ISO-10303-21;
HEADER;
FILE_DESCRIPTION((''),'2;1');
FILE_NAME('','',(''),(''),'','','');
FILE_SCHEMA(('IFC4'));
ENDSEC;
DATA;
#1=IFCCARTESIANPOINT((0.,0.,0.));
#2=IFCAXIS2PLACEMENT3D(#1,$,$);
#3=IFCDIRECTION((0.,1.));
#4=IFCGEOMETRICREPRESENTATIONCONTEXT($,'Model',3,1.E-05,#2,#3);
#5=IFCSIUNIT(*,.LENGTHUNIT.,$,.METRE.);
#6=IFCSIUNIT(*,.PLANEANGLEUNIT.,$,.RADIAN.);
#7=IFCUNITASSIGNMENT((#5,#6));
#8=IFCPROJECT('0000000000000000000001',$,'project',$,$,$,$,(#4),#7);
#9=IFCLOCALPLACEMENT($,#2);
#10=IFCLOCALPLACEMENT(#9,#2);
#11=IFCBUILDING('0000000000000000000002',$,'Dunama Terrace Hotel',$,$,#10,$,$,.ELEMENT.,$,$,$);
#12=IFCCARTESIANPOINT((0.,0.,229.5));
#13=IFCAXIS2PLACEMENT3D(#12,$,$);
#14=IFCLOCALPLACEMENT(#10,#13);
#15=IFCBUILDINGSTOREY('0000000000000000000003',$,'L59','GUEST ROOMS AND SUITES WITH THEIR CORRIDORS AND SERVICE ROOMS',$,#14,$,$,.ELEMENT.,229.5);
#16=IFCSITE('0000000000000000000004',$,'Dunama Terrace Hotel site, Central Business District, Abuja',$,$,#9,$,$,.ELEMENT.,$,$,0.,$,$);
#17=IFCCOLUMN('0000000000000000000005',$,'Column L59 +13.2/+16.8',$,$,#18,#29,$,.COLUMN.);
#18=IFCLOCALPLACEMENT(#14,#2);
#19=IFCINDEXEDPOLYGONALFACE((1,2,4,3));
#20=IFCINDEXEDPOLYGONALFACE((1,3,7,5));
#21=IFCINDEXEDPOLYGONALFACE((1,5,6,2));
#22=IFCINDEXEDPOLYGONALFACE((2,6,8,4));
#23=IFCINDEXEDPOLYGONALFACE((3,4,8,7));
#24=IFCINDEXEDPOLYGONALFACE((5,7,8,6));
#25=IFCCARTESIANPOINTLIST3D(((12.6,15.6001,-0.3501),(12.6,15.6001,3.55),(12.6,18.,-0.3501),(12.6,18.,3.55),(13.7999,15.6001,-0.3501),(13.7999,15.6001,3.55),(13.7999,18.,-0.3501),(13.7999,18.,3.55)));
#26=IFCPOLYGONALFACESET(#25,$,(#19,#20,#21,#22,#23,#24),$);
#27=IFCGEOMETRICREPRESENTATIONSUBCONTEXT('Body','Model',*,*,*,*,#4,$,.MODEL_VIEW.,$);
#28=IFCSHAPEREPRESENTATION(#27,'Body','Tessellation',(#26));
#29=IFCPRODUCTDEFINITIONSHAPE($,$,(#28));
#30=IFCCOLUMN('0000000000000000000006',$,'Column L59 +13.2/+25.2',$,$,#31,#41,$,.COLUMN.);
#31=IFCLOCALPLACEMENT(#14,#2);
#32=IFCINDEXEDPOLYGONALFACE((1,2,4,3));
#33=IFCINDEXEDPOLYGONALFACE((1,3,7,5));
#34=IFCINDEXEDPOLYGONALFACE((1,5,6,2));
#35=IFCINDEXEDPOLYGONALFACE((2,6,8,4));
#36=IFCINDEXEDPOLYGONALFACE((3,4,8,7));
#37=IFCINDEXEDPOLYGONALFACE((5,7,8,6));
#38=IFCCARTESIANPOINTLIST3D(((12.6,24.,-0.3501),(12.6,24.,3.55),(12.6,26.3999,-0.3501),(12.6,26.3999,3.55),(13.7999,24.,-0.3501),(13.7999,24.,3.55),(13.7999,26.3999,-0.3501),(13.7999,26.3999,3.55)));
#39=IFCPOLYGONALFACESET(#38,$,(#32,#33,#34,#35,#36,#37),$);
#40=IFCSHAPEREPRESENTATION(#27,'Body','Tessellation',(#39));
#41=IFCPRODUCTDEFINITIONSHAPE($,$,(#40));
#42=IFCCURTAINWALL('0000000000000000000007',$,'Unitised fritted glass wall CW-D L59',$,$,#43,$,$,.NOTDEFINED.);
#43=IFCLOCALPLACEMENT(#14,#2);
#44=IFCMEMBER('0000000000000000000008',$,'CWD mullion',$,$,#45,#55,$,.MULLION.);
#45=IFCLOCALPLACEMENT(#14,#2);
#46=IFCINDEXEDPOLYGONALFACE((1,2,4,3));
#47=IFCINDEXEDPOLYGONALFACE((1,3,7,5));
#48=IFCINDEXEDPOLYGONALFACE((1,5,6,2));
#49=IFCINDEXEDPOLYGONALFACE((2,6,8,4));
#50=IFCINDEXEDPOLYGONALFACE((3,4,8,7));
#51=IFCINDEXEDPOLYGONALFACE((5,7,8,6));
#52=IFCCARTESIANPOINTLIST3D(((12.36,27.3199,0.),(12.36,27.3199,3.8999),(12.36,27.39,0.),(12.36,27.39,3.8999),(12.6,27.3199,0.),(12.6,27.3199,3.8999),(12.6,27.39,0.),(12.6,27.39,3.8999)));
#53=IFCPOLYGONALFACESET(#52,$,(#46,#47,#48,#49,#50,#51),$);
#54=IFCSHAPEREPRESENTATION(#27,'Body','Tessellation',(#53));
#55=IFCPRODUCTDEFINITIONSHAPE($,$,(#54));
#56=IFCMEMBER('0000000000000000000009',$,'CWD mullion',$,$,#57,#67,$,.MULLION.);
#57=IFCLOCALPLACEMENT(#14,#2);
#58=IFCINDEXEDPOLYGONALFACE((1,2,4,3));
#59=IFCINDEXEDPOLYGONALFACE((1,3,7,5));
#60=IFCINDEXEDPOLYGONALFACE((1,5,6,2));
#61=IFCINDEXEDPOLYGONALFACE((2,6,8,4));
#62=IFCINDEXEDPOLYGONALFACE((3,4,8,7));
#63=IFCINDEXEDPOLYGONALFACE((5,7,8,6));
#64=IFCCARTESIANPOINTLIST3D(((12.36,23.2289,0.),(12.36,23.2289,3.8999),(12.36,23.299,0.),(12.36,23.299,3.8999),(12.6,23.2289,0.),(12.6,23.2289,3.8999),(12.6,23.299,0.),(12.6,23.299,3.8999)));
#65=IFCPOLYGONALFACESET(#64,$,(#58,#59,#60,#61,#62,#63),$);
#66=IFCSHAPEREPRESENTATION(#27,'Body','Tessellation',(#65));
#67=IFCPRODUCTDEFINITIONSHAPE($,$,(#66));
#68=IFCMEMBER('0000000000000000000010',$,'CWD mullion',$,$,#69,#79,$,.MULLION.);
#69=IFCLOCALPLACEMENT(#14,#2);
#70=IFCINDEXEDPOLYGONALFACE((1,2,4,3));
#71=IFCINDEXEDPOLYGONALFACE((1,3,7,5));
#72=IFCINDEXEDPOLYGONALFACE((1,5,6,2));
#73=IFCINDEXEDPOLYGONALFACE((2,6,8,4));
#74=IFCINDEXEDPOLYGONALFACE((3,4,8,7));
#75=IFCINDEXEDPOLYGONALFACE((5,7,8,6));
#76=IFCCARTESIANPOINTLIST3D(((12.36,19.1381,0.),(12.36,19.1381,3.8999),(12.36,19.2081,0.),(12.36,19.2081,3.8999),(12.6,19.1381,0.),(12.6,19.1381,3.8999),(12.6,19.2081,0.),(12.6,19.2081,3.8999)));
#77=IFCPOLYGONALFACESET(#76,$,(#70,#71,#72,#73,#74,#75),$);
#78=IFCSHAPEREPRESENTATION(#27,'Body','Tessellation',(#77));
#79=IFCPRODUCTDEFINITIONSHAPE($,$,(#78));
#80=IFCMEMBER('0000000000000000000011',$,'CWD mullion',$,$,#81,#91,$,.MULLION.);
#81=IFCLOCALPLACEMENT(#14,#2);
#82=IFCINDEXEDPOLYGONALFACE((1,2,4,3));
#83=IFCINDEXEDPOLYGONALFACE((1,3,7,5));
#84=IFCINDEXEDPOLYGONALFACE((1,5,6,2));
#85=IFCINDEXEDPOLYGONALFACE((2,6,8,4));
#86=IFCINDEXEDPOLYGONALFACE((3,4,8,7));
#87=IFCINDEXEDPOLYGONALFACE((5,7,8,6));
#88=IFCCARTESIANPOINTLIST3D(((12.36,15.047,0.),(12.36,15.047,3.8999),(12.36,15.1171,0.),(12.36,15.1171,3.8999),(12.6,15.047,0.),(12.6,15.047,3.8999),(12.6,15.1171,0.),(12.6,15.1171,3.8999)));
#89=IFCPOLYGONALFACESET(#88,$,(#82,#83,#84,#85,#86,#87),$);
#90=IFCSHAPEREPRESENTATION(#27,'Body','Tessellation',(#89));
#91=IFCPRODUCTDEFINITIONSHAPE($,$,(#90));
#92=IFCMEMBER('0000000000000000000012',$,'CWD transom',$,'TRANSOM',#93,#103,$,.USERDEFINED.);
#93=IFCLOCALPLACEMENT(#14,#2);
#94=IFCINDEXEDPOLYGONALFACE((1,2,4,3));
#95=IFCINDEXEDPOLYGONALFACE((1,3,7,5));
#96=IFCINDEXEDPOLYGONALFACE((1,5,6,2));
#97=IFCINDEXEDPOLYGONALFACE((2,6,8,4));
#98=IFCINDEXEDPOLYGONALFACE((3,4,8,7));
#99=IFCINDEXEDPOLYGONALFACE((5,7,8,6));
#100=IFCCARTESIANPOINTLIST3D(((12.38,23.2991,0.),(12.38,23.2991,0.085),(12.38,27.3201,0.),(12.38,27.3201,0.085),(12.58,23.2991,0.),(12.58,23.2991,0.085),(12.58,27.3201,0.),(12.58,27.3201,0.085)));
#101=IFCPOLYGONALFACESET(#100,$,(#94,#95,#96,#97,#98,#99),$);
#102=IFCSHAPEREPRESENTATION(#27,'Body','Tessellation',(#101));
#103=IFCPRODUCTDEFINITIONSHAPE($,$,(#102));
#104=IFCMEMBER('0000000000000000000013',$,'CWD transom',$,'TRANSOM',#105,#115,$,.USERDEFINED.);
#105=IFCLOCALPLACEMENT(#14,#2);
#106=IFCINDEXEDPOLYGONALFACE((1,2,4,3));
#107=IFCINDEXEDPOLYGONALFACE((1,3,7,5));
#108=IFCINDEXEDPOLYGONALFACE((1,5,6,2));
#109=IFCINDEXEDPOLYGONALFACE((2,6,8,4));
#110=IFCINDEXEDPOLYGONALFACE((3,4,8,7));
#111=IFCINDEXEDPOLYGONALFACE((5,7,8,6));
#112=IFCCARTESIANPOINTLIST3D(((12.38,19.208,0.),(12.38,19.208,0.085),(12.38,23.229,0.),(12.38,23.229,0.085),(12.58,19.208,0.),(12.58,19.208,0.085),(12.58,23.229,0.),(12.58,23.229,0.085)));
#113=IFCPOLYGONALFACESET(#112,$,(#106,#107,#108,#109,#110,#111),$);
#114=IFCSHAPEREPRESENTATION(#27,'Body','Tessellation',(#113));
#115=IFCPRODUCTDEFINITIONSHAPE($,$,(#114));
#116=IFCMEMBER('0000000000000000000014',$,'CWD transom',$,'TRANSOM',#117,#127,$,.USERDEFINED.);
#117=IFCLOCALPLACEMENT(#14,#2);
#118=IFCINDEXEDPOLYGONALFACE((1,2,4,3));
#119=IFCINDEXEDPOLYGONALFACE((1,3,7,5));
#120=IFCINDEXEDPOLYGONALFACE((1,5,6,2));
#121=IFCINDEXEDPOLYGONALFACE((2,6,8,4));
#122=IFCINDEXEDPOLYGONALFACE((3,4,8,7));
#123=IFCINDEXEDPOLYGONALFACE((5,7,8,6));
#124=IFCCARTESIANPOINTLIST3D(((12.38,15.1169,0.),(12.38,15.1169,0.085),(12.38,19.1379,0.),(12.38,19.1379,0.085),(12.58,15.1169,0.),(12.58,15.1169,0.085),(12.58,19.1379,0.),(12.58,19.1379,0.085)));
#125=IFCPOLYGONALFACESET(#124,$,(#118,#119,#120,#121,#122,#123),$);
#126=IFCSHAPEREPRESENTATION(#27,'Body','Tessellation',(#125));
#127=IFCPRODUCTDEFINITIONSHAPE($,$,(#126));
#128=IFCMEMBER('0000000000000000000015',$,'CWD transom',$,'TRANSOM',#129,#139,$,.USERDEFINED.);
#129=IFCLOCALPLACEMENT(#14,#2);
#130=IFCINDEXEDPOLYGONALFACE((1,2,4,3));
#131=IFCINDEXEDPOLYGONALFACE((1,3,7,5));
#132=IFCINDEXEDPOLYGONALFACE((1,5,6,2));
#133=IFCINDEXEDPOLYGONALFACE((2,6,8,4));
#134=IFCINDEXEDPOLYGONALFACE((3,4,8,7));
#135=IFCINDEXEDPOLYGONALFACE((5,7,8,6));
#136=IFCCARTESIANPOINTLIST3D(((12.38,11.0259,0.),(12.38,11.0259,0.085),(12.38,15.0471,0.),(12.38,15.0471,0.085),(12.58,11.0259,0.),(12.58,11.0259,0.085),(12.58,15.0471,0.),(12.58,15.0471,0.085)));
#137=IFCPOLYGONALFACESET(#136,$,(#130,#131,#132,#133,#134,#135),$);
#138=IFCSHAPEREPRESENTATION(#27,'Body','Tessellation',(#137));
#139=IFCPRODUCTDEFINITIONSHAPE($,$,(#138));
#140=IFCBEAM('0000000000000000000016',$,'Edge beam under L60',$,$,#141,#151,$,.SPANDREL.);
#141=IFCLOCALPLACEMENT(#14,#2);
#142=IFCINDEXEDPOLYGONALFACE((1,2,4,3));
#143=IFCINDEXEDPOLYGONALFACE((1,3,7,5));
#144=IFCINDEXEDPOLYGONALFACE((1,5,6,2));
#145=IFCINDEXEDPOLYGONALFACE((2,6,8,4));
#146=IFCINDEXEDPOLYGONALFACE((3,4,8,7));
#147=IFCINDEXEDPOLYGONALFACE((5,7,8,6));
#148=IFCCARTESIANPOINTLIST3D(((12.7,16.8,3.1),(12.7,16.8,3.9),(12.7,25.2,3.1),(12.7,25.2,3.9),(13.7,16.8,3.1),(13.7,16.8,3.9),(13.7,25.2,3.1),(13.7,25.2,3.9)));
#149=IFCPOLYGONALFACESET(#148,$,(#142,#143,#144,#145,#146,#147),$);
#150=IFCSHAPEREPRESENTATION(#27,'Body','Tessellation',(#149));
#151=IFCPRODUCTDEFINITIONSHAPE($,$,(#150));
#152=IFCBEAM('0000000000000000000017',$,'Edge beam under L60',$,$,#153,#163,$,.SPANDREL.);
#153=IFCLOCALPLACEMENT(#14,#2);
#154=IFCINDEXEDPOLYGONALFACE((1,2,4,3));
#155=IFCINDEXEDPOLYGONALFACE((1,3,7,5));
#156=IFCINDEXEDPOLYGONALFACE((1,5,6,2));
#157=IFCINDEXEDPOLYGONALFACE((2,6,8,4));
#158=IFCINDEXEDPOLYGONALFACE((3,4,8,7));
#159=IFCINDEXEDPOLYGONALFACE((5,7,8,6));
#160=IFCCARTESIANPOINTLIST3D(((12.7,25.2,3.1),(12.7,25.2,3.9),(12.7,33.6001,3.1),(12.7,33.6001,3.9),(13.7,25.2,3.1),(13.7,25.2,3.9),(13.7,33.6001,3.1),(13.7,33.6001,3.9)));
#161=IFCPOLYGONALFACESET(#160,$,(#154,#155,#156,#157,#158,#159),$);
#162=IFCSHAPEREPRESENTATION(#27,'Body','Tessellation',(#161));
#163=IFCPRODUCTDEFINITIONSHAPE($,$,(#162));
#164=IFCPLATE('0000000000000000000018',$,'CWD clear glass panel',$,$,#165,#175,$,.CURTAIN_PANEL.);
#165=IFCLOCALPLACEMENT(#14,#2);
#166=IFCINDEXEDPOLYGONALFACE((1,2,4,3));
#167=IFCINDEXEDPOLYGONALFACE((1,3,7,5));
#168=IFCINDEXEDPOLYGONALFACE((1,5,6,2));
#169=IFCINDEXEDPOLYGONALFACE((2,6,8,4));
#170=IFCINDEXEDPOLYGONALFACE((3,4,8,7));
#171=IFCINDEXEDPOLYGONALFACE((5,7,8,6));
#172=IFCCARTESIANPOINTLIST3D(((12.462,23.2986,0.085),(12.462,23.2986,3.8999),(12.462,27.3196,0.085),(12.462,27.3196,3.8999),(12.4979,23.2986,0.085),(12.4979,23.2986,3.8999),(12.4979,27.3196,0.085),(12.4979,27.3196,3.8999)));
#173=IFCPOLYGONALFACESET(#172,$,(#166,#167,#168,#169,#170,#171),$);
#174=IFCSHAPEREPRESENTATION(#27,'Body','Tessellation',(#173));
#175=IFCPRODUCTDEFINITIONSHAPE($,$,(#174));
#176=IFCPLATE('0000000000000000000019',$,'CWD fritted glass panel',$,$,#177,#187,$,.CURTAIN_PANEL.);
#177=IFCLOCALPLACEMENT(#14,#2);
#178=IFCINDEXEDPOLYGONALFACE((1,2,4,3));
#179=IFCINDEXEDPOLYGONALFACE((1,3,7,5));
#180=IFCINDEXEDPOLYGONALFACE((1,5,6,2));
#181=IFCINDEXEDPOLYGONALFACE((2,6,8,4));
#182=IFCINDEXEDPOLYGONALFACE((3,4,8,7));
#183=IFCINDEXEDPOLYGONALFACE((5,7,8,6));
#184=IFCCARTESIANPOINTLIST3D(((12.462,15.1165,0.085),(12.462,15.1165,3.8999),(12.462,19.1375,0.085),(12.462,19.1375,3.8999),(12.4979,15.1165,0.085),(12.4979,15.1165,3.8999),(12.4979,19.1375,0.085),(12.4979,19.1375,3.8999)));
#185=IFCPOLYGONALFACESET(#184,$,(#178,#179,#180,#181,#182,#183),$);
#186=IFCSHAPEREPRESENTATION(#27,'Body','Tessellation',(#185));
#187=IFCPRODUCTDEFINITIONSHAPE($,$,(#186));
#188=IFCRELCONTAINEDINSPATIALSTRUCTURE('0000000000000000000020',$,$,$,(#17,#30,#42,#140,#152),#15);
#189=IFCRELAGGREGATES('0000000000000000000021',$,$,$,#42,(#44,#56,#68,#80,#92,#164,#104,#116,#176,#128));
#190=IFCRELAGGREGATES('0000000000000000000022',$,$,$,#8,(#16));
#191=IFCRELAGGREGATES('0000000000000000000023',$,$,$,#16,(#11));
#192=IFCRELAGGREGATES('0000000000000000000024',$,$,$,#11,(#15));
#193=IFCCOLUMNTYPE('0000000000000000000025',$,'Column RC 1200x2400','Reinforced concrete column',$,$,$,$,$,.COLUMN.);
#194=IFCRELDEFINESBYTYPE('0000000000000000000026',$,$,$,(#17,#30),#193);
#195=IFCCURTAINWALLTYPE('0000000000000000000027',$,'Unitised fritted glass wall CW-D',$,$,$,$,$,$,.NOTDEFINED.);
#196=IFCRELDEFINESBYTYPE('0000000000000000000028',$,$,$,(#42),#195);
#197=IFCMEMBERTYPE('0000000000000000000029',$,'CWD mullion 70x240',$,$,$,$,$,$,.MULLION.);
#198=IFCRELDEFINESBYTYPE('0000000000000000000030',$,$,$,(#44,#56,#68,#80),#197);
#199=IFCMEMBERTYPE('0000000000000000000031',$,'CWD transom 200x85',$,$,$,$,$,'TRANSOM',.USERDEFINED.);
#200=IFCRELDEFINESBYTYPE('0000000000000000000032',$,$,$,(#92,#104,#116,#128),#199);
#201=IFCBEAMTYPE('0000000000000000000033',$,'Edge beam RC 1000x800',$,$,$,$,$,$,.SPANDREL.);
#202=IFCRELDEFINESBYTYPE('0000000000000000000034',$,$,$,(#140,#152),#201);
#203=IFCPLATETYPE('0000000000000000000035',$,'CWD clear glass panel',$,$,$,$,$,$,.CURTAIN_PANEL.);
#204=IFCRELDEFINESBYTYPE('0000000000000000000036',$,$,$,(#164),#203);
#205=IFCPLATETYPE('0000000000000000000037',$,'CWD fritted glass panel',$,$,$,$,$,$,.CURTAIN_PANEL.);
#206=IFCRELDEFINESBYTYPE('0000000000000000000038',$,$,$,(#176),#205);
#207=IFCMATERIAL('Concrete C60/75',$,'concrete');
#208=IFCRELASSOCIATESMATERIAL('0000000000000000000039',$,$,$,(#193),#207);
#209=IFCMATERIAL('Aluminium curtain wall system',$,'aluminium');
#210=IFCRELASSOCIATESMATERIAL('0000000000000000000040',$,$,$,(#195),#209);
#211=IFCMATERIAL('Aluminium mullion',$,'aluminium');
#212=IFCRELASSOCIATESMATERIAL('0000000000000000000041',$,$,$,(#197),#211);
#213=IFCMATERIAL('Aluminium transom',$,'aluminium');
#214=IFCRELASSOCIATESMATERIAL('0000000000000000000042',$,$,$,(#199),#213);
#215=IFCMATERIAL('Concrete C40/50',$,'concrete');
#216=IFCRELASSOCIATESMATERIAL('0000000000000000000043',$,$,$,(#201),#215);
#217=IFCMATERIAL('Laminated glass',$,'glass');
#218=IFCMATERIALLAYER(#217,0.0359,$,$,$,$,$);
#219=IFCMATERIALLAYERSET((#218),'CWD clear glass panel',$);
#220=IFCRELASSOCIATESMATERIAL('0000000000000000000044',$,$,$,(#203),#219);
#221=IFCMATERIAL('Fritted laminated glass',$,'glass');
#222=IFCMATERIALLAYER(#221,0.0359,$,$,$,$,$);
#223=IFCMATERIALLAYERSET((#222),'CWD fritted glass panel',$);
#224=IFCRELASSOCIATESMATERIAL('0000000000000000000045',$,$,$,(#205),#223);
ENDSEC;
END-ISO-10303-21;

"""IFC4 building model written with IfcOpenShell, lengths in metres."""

from ifc_helpers import new_model, si_unit, direction, frame, origin, origin_2d, place, context, subcontext, project, spatial, rectangle, extrude, material, layer, layer_set, material_profile, profile_set, type_object, element, aggregate, save


model = new_model("IFC4")

# Units and contexts
model_context = context("Model", 3, precision=1e-05, world=origin(), true_north=direction((0.0, 1.0)))
body_context = subcontext(model_context, "Body", "Model", "MODEL_VIEW")
ifc_project = project(units=[si_unit("LENGTHUNIT", "METRE"), si_unit("PLANEANGLEUNIT", "RADIAN")], contexts=[model_context])

# Site, building, storey
site_placement = place(None, origin())
site = spatial("IfcSite", under=ifc_project, at=site_placement, Name="Dunama Terrace Hotel site, Central Business District, Abuja", CompositionType="ELEMENT", RefElevation=0.0)
building_placement = place(site_placement, origin())
building = spatial("IfcBuilding", under=site, at=building_placement, Name="Dunama Terrace Hotel", CompositionType="ELEMENT")
storey_placement = place(building_placement, frame((0.0, 0.0, 229.5)))
storey = spatial("IfcBuildingStorey", under=building, at=storey_placement, Name="L59", Description="GUEST ROOMS AND SUITES WITH THEIR CORRIDORS AND SERVICE ROOMS", CompositionType="ELEMENT", Elevation=229.5)

# Columns
ifc_material_1 = material(Name="Concrete C60/75", Category="concrete")
ifc_material_profile_1 = material_profile(ifc_material_1, rectangle(XDim=1.2, YDim=2.3999, at=origin_2d()), Name="RC 1200x2400")
ifc_profile_set_1 = profile_set([ifc_material_profile_1], Name="Concrete C60/75")
column_type = type_object("IfcColumnType", Name="Column RC 1200x2400", Description="Reinforced concrete column", PredefinedType="COLUMN", material=ifc_profile_set_1)
for number, where, z_axis, x_axis, name in (
    (1, (13.2, 16.8, -0.3501), (0.0, 0.0, 1.0), (1.0, 0.0, 0.0), "Column L59 +13.2/+16.8"),
    (2, (13.2, 25.2, -0.3501), (0.0, 0.0, 1.0), (1.0, 0.0, 0.0), "Column L59 +13.2/+25.2"),
):
    element("IfcColumn", number, at=place(storey_placement, frame(where, z_axis=z_axis, x_axis=x_axis)), inside=storey, type_object=column_type, Name=name, PredefinedType="COLUMN", context=body_context, shape_type="SweptSolid", body=[
        extrude(rectangle(XDim=1.2, YDim=2.3999, at=origin_2d()), origin(), (0.0, 0.0, 1.0), 3.9001),
    ])

# Curtain wall, members
ifc_material_2 = material(Name="Aluminium curtain wall system", Category="aluminium")
curtain_wall_type = type_object("IfcCurtainWallType", Name="Unitised fritted glass wall CW-D", PredefinedType="NOTDEFINED", material=ifc_material_2)
curtain_wall_placement = place(storey_placement, origin())
curtain_wall = element("IfcCurtainWall", 3, at=curtain_wall_placement, inside=storey, type_object=curtain_wall_type, Name="Unitised fritted glass wall CW-D L59", PredefinedType="NOTDEFINED")
ifc_material_3 = material(Name="Aluminium mullion", Category="aluminium")
ifc_material_profile_2 = material_profile(ifc_material_3, rectangle(XDim=0.0701, YDim=0.24, at=origin_2d()), Name="CWD MULLION 70X240")
ifc_profile_set_2 = profile_set([ifc_material_profile_2], Name="Aluminium mullion")
member_type_1 = type_object("IfcMemberType", Name="CWD mullion 70x240", PredefinedType="MULLION", material=ifc_profile_set_2)
member_1_placement = place(storey_placement, frame((12.48, 27.355, 0.0), z_axis=(0.0, 0.0, 1.0), x_axis=(0.0, -1.0, 0.0)))
member_1 = element("IfcMember", 4, at=member_1_placement, type_object=member_type_1, Name="CWD mullion", PredefinedType="MULLION", context=body_context, shape_type="SweptSolid", body=[
    extrude(rectangle(XDim=0.0701, YDim=0.24, at=origin_2d()), origin(), (0.0, 0.0, 1.0), 3.8999),
])
member_2_placement = place(storey_placement, frame((12.48, 23.2639, 0.0), z_axis=(0.0, 0.0, 1.0), x_axis=(0.0, -1.0, 0.0)))
member_2 = element("IfcMember", 5, at=member_2_placement, type_object=member_type_1, Name="CWD mullion", PredefinedType="MULLION", context=body_context, shape_type="SweptSolid", body=[
    extrude(rectangle(XDim=0.0701, YDim=0.24, at=origin_2d()), origin(), (0.0, 0.0, 1.0), 3.8999),
])
member_3_placement = place(storey_placement, frame((12.48, 19.1731, 0.0), z_axis=(0.0, 0.0, 1.0), x_axis=(0.0, -1.0, 0.0)))
member_3 = element("IfcMember", 6, at=member_3_placement, type_object=member_type_1, Name="CWD mullion", PredefinedType="MULLION", context=body_context, shape_type="SweptSolid", body=[
    extrude(rectangle(XDim=0.0701, YDim=0.24, at=origin_2d()), origin(), (0.0, 0.0, 1.0), 3.8999),
])
member_4_placement = place(storey_placement, frame((12.48, 15.082, 0.0), z_axis=(0.0, 0.0, 1.0), x_axis=(0.0, -1.0, 0.0)))
member_4 = element("IfcMember", 7, at=member_4_placement, type_object=member_type_1, Name="CWD mullion", PredefinedType="MULLION", context=body_context, shape_type="SweptSolid", body=[
    extrude(rectangle(XDim=0.0701, YDim=0.24, at=origin_2d()), origin(), (0.0, 0.0, 1.0), 3.8999),
])
ifc_material_4 = material(Name="Aluminium transom", Category="aluminium")
ifc_material_profile_3 = material_profile(ifc_material_4, rectangle(XDim=0.2, YDim=0.085, at=origin_2d()), Name="CWD TRANSOM 200X85")
ifc_profile_set_3 = profile_set([ifc_material_profile_3], Name="Aluminium transom")
member_type_2 = type_object("IfcMemberType", Name="CWD transom 200x85", ElementType="TRANSOM", PredefinedType="USERDEFINED", material=ifc_profile_set_3)
member_5_placement = place(storey_placement, frame((12.48, 27.3201, 0.0425), z_axis=(0.0, -1.0, 0.0), x_axis=(1.0, 0.0, 0.0)))
member_5 = element("IfcMember", 8, at=member_5_placement, type_object=member_type_2, Name="CWD transom", ObjectType="TRANSOM", PredefinedType="USERDEFINED", context=body_context, shape_type="SweptSolid", body=[
    extrude(rectangle(XDim=0.2, YDim=0.085, at=origin_2d()), origin(), (0.0, 0.0, 1.0), 4.021),
])
member_6_placement = place(storey_placement, frame((12.48, 23.229, 0.0425), z_axis=(0.0, -1.0, 0.0), x_axis=(1.0, 0.0, 0.0)))
member_6 = element("IfcMember", 9, at=member_6_placement, type_object=member_type_2, Name="CWD transom", ObjectType="TRANSOM", PredefinedType="USERDEFINED", context=body_context, shape_type="SweptSolid", body=[
    extrude(rectangle(XDim=0.2, YDim=0.085, at=origin_2d()), origin(), (0.0, 0.0, 1.0), 4.021),
])
member_7_placement = place(storey_placement, frame((12.48, 19.1379, 0.0425), z_axis=(0.0, -1.0, 0.0), x_axis=(1.0, 0.0, 0.0)))
member_7 = element("IfcMember", 10, at=member_7_placement, type_object=member_type_2, Name="CWD transom", ObjectType="TRANSOM", PredefinedType="USERDEFINED", context=body_context, shape_type="SweptSolid", body=[
    extrude(rectangle(XDim=0.2, YDim=0.085, at=origin_2d()), origin(), (0.0, 0.0, 1.0), 4.021),
])
member_8_placement = place(storey_placement, frame((12.48, 15.0471, 0.0425), z_axis=(0.0, -1.0, 0.0), x_axis=(1.0, 0.0, 0.0)))
member_8 = element("IfcMember", 11, at=member_8_placement, type_object=member_type_2, Name="CWD transom", ObjectType="TRANSOM", PredefinedType="USERDEFINED", context=body_context, shape_type="SweptSolid", body=[
    extrude(rectangle(XDim=0.2, YDim=0.085, at=origin_2d()), origin(), (0.0, 0.0, 1.0), 4.0212),
])

# Beams
ifc_material_5 = material(Name="Concrete C40/50", Category="concrete")
ifc_material_profile_4 = material_profile(ifc_material_5, rectangle(XDim=1.0, YDim=0.8, at=origin_2d()), Name="RC 1000x800")
ifc_profile_set_4 = profile_set([ifc_material_profile_4], Name="Concrete C40/50")
beam_type = type_object("IfcBeamType", Name="Edge beam RC 1000x800", PredefinedType="SPANDREL", material=ifc_profile_set_4)
beam_1_placement = place(storey_placement, frame((13.2, 16.8, 3.5), z_axis=(0.0, 1.0, 0.0), x_axis=(-1.0, 0.0, 0.0)))
element("IfcBeam", 12, at=beam_1_placement, inside=storey, type_object=beam_type, Name="Edge beam under L60", PredefinedType="SPANDREL", context=body_context, shape_type="SweptSolid", body=[
    extrude(rectangle(XDim=1.0, YDim=0.8, at=origin_2d()), origin(), (0.0, 0.0, 1.0), 8.3999),
])
beam_2_placement = place(storey_placement, frame((13.2, 25.2, 3.5), z_axis=(0.0, 1.0, 0.0), x_axis=(-1.0, 0.0, 0.0)))
element("IfcBeam", 13, at=beam_2_placement, inside=storey, type_object=beam_type, Name="Edge beam under L60", PredefinedType="SPANDREL", context=body_context, shape_type="SweptSolid", body=[
    extrude(rectangle(XDim=1.0, YDim=0.8, at=origin_2d()), origin(), (0.0, 0.0, 1.0), 8.4001),
])

# Plates
ifc_material_6 = material(Name="Laminated glass", Category="glass")
ifc_layer_1 = layer(ifc_material_6, 0.0359)
ifc_layer_set_1 = layer_set([ifc_layer_1], Name="CWD clear glass panel")
plate_type_1 = type_object("IfcPlateType", Name="CWD clear glass panel", PredefinedType="CURTAIN_PANEL", material=ifc_layer_set_1)
plate_1_placement = place(storey_placement, frame((12.48, 25.3091, 0.085), z_axis=(0.0, 0.0, 1.0), x_axis=(0.0, -1.0, 0.0)))
plate_1 = element("IfcPlate", 14, at=plate_1_placement, type_object=plate_type_1, Name="CWD clear glass panel", PredefinedType="CURTAIN_PANEL", context=body_context, shape_type="SweptSolid", body=[
    extrude(rectangle(XDim=4.021, YDim=0.0359, at=origin_2d()), origin(), (0.0, 0.0, 1.0), 3.8149),
])
ifc_material_7 = material(Name="Fritted laminated glass", Category="glass")
ifc_layer_2 = layer(ifc_material_7, 0.0359)
ifc_layer_set_2 = layer_set([ifc_layer_2], Name="CWD fritted glass panel")
plate_type_2 = type_object("IfcPlateType", Name="CWD fritted glass panel", PredefinedType="CURTAIN_PANEL", material=ifc_layer_set_2)
plate_2_placement = place(storey_placement, frame((12.48, 17.127, 0.085), z_axis=(0.0, 0.0, 1.0), x_axis=(0.0, -1.0, 0.0)))
plate_2 = element("IfcPlate", 15, at=plate_2_placement, type_object=plate_type_2, Name="CWD fritted glass panel", PredefinedType="CURTAIN_PANEL", context=body_context, shape_type="SweptSolid", body=[
    extrude(rectangle(XDim=4.021, YDim=0.0359, at=origin_2d()), origin(), (0.0, 0.0, 1.0), 3.8149),
])
aggregate(curtain_wall, [member_1, member_2, member_3, member_4, member_5, plate_1, member_6, member_7, plate_2, member_8])

save(model, "model.ifc")
